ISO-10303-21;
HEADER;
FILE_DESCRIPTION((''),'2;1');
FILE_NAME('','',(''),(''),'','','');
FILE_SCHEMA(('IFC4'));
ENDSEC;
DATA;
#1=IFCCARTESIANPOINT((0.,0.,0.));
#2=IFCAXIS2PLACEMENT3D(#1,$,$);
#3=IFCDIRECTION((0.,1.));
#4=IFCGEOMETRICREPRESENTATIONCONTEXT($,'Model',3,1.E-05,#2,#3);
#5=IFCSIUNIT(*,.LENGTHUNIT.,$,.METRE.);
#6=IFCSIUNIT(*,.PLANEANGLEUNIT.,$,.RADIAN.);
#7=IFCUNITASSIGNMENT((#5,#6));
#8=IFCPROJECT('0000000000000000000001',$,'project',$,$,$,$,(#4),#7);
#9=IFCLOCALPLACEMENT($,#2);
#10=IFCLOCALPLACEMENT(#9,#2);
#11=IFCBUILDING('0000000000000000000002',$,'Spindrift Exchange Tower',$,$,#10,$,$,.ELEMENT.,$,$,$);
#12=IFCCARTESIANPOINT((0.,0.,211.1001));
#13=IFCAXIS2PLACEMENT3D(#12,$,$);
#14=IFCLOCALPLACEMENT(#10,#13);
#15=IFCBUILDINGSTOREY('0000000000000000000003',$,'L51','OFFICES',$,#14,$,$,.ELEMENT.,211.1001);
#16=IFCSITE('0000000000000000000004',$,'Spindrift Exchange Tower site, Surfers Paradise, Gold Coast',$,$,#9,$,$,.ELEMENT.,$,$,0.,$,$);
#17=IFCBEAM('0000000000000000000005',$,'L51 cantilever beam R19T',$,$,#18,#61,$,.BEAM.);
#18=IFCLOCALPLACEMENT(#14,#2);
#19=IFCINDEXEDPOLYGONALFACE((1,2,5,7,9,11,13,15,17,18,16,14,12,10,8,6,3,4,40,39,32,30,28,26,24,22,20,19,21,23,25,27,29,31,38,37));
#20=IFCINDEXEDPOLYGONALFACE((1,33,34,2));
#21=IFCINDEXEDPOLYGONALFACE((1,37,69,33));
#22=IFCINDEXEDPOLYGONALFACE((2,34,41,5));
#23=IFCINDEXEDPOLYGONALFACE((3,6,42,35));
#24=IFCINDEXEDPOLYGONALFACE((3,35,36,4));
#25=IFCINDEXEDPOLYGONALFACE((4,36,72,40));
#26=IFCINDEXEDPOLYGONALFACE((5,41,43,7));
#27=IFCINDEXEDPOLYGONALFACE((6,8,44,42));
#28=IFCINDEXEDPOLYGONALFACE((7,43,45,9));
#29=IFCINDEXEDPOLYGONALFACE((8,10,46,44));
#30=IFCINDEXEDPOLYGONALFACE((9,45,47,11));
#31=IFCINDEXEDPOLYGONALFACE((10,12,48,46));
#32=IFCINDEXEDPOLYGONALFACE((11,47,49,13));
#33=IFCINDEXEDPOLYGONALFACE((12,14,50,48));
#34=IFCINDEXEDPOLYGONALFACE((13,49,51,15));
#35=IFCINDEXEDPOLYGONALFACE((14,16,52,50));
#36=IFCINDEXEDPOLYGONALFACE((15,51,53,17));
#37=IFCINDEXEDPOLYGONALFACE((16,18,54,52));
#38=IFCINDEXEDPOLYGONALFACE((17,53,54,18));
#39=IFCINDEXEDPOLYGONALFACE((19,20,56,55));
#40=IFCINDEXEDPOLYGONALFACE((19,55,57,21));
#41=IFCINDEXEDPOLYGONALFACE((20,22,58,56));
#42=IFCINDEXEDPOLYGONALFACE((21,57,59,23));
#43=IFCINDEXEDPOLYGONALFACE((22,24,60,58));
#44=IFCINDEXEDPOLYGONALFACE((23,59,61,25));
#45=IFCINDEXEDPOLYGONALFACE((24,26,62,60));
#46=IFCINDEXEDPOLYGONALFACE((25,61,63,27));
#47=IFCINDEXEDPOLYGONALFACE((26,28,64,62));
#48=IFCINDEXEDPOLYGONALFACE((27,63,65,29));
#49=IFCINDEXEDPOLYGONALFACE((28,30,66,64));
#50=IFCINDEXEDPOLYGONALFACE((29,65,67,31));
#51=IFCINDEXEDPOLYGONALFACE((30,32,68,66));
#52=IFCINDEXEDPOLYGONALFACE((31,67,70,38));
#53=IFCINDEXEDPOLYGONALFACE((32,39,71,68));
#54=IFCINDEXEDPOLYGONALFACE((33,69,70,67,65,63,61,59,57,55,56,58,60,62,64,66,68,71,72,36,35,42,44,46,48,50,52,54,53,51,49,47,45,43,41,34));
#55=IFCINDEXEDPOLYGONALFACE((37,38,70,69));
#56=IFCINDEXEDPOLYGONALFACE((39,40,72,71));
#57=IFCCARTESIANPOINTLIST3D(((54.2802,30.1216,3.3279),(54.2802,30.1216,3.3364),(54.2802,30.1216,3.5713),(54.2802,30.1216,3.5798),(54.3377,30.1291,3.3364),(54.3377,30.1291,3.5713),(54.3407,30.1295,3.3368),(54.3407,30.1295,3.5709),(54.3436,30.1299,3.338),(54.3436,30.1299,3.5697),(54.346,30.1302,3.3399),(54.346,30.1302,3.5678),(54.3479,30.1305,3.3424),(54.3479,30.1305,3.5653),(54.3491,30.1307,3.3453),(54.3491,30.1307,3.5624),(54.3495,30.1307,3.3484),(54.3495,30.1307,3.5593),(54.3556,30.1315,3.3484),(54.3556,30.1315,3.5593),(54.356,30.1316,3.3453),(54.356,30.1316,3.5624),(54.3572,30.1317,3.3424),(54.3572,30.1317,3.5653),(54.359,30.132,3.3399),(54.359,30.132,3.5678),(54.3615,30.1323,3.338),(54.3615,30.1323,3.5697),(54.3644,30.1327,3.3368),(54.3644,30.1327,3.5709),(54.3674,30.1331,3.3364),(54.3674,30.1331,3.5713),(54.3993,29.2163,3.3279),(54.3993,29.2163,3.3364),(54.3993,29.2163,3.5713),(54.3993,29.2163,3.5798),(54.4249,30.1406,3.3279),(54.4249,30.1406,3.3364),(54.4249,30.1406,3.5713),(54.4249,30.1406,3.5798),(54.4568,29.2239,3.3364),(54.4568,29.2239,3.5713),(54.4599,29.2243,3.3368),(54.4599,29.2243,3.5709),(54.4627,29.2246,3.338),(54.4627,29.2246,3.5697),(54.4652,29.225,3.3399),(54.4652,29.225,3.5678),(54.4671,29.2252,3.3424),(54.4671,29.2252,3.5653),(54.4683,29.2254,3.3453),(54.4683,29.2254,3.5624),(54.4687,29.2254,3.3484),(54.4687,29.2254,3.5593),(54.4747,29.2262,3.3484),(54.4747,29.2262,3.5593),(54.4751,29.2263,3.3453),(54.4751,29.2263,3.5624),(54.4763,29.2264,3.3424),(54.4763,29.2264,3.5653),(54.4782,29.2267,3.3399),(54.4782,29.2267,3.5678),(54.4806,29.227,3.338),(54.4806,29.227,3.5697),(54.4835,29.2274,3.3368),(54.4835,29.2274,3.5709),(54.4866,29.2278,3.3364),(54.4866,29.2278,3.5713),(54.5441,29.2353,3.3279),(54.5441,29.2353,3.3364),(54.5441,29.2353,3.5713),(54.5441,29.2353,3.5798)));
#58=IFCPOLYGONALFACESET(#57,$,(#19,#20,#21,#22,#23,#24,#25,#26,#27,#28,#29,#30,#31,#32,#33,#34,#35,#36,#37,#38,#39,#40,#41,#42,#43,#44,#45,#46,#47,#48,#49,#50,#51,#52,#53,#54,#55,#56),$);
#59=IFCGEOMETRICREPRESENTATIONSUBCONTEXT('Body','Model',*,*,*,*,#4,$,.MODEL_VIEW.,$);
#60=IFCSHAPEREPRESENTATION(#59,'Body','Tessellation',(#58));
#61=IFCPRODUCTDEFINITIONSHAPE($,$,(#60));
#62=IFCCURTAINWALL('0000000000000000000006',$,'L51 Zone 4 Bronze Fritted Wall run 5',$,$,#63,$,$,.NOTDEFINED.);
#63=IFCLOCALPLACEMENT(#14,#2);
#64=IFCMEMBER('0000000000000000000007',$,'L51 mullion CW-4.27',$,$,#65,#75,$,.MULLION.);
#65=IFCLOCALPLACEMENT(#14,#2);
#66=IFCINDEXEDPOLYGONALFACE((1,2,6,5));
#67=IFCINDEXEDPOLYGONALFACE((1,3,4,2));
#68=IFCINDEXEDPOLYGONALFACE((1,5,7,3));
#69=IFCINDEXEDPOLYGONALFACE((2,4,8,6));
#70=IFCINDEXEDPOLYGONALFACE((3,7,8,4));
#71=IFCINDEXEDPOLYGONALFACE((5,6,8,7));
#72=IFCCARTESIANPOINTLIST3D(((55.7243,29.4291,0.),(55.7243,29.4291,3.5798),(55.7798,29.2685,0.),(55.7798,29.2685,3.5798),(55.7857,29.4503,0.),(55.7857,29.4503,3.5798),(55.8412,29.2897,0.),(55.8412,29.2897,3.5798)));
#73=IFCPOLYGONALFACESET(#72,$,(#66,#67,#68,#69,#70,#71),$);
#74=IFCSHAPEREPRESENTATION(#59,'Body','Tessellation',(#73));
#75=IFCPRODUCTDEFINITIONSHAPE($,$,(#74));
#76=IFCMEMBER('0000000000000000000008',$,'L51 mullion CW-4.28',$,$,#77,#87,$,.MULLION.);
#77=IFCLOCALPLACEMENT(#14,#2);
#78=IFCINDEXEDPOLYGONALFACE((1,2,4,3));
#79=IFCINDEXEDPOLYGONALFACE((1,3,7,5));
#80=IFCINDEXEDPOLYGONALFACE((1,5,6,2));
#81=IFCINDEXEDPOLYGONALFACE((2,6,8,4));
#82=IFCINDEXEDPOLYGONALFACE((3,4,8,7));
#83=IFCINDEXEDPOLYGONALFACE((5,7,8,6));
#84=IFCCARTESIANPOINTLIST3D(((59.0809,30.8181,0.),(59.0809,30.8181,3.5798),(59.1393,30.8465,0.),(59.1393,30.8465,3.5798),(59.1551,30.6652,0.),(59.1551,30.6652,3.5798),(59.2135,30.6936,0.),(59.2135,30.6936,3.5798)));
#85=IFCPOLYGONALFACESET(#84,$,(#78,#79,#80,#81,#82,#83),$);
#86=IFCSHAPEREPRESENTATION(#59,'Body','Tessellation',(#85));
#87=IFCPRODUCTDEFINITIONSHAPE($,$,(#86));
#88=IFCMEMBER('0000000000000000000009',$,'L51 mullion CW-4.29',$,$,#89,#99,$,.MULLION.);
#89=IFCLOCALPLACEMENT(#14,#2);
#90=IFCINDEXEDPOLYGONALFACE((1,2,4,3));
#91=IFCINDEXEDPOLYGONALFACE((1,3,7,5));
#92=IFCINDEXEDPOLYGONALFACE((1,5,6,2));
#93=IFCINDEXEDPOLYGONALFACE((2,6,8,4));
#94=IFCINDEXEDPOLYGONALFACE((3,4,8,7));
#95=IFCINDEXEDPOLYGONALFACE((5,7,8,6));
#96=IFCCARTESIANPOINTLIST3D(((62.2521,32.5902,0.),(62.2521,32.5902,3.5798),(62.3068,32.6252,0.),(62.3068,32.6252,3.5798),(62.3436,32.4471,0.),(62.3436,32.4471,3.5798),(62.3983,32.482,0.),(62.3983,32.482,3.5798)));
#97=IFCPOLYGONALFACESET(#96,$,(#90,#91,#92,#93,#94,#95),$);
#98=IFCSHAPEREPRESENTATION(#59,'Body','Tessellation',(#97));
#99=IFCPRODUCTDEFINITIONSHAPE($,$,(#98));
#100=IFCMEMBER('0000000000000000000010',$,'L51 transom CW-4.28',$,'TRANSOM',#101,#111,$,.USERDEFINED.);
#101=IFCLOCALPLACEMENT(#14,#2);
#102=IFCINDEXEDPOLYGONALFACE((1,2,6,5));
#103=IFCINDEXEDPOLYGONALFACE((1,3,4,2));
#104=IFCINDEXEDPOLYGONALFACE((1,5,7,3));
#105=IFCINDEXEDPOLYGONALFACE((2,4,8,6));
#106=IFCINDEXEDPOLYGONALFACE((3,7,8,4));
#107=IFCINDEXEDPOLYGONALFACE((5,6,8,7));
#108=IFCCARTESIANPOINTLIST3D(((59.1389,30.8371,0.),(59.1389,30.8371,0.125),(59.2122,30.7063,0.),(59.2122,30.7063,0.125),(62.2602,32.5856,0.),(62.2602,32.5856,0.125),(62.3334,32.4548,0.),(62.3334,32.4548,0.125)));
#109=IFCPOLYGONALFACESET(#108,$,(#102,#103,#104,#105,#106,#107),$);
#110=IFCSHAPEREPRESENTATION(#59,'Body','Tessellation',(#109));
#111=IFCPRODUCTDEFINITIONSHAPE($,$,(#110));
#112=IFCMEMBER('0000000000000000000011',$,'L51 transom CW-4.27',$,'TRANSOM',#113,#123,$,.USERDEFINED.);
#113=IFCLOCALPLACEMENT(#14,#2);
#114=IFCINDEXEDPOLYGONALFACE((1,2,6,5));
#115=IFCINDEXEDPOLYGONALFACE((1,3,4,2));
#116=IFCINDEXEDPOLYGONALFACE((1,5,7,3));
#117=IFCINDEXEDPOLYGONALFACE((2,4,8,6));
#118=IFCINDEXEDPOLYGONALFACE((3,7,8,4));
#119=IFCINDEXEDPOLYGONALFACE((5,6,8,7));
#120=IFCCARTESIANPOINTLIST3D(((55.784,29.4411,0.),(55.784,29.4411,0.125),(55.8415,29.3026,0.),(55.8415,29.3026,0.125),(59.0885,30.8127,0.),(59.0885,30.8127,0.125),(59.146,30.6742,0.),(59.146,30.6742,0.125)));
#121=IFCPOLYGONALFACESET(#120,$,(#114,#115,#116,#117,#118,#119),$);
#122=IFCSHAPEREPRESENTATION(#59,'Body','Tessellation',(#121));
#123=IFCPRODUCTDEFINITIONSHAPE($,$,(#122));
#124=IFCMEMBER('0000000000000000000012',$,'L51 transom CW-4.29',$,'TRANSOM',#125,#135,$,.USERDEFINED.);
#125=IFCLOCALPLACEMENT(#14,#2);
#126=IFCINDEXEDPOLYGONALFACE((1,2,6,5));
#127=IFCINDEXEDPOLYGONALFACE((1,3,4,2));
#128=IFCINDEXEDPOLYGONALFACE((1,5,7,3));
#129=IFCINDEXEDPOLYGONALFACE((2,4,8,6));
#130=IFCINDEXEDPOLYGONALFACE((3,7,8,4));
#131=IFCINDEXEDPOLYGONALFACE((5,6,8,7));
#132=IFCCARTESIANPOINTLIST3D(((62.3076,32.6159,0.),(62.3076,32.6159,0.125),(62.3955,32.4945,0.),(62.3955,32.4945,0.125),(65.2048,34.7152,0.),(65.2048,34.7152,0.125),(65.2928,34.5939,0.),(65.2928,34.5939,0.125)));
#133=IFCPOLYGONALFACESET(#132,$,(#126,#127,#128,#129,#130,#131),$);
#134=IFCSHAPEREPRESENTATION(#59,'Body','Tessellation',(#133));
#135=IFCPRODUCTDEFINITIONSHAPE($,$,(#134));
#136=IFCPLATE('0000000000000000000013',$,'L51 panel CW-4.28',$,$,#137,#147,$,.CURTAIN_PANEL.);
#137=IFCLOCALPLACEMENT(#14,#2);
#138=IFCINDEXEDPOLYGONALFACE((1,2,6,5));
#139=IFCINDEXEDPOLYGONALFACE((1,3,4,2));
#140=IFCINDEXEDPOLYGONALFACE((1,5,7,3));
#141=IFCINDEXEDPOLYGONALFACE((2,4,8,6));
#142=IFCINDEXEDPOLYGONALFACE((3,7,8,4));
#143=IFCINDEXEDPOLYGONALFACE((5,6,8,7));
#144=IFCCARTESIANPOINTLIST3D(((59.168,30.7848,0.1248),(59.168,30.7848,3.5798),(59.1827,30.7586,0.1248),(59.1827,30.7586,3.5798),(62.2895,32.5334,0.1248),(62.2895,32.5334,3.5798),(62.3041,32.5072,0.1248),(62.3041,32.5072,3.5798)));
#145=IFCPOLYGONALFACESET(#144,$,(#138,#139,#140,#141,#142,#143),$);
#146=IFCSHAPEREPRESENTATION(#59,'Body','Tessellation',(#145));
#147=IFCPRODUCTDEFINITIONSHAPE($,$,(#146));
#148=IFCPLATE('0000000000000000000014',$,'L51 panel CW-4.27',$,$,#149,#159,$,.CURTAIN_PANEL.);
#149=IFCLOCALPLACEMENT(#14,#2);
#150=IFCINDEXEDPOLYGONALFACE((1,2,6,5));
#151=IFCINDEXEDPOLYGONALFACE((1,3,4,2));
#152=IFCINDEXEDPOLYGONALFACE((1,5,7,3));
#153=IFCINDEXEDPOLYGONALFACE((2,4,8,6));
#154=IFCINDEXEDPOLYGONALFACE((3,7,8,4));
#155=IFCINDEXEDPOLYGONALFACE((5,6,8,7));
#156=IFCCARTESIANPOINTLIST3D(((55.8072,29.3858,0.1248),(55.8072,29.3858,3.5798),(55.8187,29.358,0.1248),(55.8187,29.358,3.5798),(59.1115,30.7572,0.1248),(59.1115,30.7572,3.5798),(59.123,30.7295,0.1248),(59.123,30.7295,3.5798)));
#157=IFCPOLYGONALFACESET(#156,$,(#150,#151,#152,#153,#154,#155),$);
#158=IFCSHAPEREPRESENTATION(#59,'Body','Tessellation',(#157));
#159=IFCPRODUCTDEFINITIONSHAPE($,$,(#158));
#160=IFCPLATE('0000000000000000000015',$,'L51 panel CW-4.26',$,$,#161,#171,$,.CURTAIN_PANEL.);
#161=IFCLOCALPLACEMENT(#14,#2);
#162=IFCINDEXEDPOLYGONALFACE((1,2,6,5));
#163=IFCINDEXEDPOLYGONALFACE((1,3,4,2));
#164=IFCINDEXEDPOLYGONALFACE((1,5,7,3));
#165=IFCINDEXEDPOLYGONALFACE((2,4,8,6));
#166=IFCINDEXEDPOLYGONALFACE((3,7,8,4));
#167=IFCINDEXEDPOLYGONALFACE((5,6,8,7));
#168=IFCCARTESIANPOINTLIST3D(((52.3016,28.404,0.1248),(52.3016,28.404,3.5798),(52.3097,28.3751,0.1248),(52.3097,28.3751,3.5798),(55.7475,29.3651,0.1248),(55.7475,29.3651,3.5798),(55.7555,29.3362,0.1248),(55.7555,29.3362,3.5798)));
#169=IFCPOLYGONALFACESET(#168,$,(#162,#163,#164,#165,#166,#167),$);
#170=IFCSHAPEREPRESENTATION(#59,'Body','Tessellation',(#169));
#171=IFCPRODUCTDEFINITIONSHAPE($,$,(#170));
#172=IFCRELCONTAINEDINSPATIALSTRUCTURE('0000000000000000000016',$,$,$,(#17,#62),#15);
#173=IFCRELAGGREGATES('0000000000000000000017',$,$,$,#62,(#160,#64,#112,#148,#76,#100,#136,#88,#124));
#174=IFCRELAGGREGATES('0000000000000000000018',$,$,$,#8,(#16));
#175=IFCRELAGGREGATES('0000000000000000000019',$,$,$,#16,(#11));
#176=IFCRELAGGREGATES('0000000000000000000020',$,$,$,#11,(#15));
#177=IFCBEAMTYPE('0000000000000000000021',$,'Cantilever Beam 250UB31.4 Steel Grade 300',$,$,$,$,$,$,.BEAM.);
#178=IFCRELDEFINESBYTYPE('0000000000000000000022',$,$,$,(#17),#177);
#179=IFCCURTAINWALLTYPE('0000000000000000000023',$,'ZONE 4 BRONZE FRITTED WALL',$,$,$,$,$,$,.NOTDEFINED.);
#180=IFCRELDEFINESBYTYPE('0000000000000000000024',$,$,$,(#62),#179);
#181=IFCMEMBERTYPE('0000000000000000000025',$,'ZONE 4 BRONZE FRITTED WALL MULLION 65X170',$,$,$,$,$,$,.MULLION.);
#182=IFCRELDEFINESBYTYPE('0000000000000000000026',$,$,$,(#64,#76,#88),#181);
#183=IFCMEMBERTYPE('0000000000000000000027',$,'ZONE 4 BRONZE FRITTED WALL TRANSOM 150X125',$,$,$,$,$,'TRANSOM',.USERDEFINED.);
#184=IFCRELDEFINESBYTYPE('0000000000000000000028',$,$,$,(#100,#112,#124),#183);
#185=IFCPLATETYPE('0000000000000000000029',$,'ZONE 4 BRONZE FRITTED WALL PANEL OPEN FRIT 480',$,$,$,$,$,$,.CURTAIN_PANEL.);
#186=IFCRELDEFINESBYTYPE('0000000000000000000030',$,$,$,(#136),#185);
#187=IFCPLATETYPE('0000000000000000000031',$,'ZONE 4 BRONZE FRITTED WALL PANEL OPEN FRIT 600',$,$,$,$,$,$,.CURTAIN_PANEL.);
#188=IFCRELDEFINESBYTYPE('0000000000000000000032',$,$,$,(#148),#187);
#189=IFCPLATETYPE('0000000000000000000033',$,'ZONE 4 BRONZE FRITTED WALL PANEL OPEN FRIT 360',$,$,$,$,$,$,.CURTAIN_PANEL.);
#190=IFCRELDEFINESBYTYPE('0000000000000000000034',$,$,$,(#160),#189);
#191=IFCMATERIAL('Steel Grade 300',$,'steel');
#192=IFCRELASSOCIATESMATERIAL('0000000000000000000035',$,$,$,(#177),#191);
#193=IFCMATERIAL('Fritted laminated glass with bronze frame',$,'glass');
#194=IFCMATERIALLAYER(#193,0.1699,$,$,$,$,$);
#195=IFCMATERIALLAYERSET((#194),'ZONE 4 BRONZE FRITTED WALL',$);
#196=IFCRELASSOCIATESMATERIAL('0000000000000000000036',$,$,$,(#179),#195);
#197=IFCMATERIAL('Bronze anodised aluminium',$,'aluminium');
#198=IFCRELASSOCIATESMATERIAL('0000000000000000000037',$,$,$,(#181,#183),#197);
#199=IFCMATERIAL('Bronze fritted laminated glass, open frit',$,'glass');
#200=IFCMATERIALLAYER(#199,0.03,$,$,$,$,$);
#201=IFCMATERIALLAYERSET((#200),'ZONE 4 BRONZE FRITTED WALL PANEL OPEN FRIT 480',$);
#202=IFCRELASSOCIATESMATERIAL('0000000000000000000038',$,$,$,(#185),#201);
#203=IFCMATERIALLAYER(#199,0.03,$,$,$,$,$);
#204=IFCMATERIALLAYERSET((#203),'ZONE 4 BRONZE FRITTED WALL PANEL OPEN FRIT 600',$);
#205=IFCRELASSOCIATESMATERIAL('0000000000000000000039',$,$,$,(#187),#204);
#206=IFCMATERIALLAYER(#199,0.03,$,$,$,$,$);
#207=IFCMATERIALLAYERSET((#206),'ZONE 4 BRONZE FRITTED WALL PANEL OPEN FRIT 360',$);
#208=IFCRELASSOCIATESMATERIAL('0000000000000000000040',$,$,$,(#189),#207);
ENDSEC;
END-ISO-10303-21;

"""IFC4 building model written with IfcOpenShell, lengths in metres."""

from ifc_helpers import new_model, si_unit, direction, frame, origin, origin_2d, place, context, subcontext, project, spatial, rectangle, i_section, extrude, source, transform, mapped, material, layer, layer_set, material_profile, profile_set, type_object, element, aggregate, save


model = new_model("IFC4")

# Units and contexts
model_context = context("Model", 3, precision=1e-05, world=origin(), true_north=direction((0.0, 1.0)))
body_context = subcontext(model_context, "Body", "Model", "MODEL_VIEW")
ifc_project = project(units=[si_unit("LENGTHUNIT", "METRE"), si_unit("PLANEANGLEUNIT", "RADIAN")], contexts=[model_context])

# Site, building, storey
site_placement = place(None, origin())
site = spatial("IfcSite", under=ifc_project, at=site_placement, Name="Spindrift Exchange Tower site, Surfers Paradise, Gold Coast", CompositionType="ELEMENT", RefElevation=0.0)
building_placement = place(site_placement, origin())
building = spatial("IfcBuilding", under=site, at=building_placement, Name="Spindrift Exchange Tower", CompositionType="ELEMENT")
storey_placement = place(building_placement, frame((0.0, 0.0, 211.1001)))
storey = spatial("IfcBuildingStorey", under=building, at=storey_placement, Name="L51", Description="OFFICES", CompositionType="ELEMENT", Elevation=211.1001)

# Beam
ifc_material_1 = material(Name="Steel Grade 300", Category="steel")
ifc_material_profile_1 = material_profile(ifc_material_1, i_section(OverallWidth=0.146, OverallDepth=0.252, WebThickness=0.0061, FlangeThickness=0.0085, FilletRadius=0.012, at=origin_2d()), Name="250UB31.4")
ifc_profile_set_1 = profile_set([ifc_material_profile_1], Name="Steel Grade 300")
beam_type_1 = type_object("IfcBeamType", Name="Cantilever Beam 250UB31.4 Steel Grade 300", PredefinedType="BEAM", material=ifc_profile_set_1)
shared_shape_1 = source(origin(), body_context, "Body", "SweptSolid", [
    extrude(i_section(OverallWidth=0.146, OverallDepth=0.252, WebThickness=0.0061, FlangeThickness=0.0085, FilletRadius=0.012, at=origin_2d()), origin(), (0.0, 0.0, 1.0), 0.9131),
])
beam_1_placement = place(storey_placement, frame((54.3525, 30.1311, 3.4539), z_axis=(0.130482, -0.991451, 0.0), x_axis=(0.991451, 0.130482, 0.0)))
element("IfcBeam", 1, at=beam_1_placement, inside=storey, type_object=beam_type_1, Name="L51 cantilever beam R19T", PredefinedType="BEAM", context=body_context, shape_type="MappedRepresentation", body=[
    mapped(shared_shape_1, transform((0.0, 0.0, 0.0), scale=1.0)),
])

# Curtain wall, members, plates
ifc_material_2 = material(Name="Fritted laminated glass with bronze frame", Category="glass")
ifc_layer_1 = layer(ifc_material_2, 0.1699)
ifc_layer_set_1 = layer_set([ifc_layer_1], Name="ZONE 4 BRONZE FRITTED WALL")
curtain_wall_type = type_object("IfcCurtainWallType", Name="ZONE 4 BRONZE FRITTED WALL", PredefinedType="NOTDEFINED", material=ifc_layer_set_1)
curtain_wall_placement = place(storey_placement, origin())
curtain_wall = element("IfcCurtainWall", 2, at=curtain_wall_placement, inside=storey, type_object=curtain_wall_type, Name="L51 Zone 4 Bronze Fritted Wall run 5", PredefinedType="NOTDEFINED")
ifc_material_3 = material(Name="Bronze anodised aluminium", Category="aluminium")
ifc_material_profile_2 = material_profile(ifc_material_3, rectangle(XDim=0.0649, YDim=0.1699, at=origin_2d()), Name="ZONE 4 BRONZE FRITTED WALL MULLION 65X170")
ifc_profile_set_2 = profile_set([ifc_material_profile_2], Name="Bronze anodised aluminium")
member_type_1 = type_object("IfcMemberType", Name="ZONE 4 BRONZE FRITTED WALL MULLION 65X170", PredefinedType="MULLION", material=ifc_profile_set_2)
shared_shape_2 = source(origin(), body_context, "Body", "SweptSolid", [
    extrude(rectangle(XDim=0.0649, YDim=0.1699, at=origin_2d()), origin(), (0.0, 0.0, 1.0), 3.5798),
])
member_1_placement = place(storey_placement, frame((55.7827, 29.3594, 0.0), z_axis=(0.0, 0.0, 1.0), x_axis=(0.945161, 0.326604, 0.0)))
member_1 = element("IfcMember", 3, at=member_1_placement, type_object=member_type_1, Name="L51 mullion CW-4.27", PredefinedType="MULLION", context=body_context, shape_type="MappedRepresentation", body=[
    mapped(shared_shape_2, transform((0.0, 0.0, 0.0), scale=1.0)),
])
member_2_placement = place(storey_placement, frame((59.1472, 30.7559, 0.0), z_axis=(0.0, 0.0, 1.0), x_axis=(0.899562, 0.436793, 0.0)))
member_2 = element("IfcMember", 4, at=member_2_placement, type_object=member_type_1, Name="L51 mullion CW-4.28", PredefinedType="MULLION", context=body_context, shape_type="MappedRepresentation", body=[
    mapped(shared_shape_2, transform((0.0, 0.0, 0.0), scale=1.0)),
])
member_3_placement = place(storey_placement, frame((62.3252, 32.5361, 0.0), z_axis=(0.0, 0.0, 1.0), x_axis=(0.842518, 0.538668, 0.0)))
member_3 = element("IfcMember", 5, at=member_3_placement, type_object=member_type_1, Name="L51 mullion CW-4.29", PredefinedType="MULLION", context=body_context, shape_type="MappedRepresentation", body=[
    mapped(shared_shape_2, transform((0.0, 0.0, 0.0), scale=1.0)),
])
ifc_material_profile_3 = material_profile(ifc_material_3, rectangle(XDim=0.1499, YDim=0.125, at=origin_2d()), Name="ZONE 4 BRONZE FRITTED WALL TRANSOM 150X125")
ifc_profile_set_3 = profile_set([ifc_material_profile_3], Name="Bronze anodised aluminium")
member_type_2 = type_object("IfcMemberType", Name="ZONE 4 BRONZE FRITTED WALL TRANSOM 150X125", ElementType="TRANSOM", PredefinedType="USERDEFINED", material=ifc_profile_set_3)
shared_shape_3 = source(origin(), body_context, "Body", "SweptSolid", [
    extrude(rectangle(XDim=0.1499, YDim=0.125, at=origin_2d()), origin(), (0.0, 0.0, 1.0), 3.5776),
])
member_4_placement = place(storey_placement, frame((59.1755, 30.7717, 0.0625), z_axis=(0.872436, 0.488728, 0.0), x_axis=(-0.488728, 0.872436, 0.0)))
member_4 = element("IfcMember", 6, at=member_4_placement, type_object=member_type_2, Name="L51 transom CW-4.28", ObjectType="TRANSOM", PredefinedType="USERDEFINED", context=body_context, shape_type="MappedRepresentation", body=[
    mapped(shared_shape_3, transform((0.0, 0.0, 0.0), scale=1.0)),
])
shared_shape_4 = source(origin(), body_context, "Body", "SweptSolid", [
    extrude(rectangle(XDim=0.1499, YDim=0.125, at=origin_2d()), origin(), (0.0, 0.0, 1.0), 3.5779),
])
member_5_placement = place(storey_placement, frame((55.8127, 29.3718, 0.0625), z_axis=(0.923599, 0.38336, 0.0), x_axis=(-0.38336, 0.923599, 0.0)))
member_5 = element("IfcMember", 7, at=member_5_placement, type_object=member_type_2, Name="L51 transom CW-4.27", ObjectType="TRANSOM", PredefinedType="USERDEFINED", context=body_context, shape_type="MappedRepresentation", body=[
    mapped(shared_shape_4, transform((0.0, 0.0, 0.0), scale=1.0)),
])
member_6_placement = place(storey_placement, frame((62.3516, 32.5552, 0.0625), z_axis=(0.809759, 0.586763, 0.0), x_axis=(-0.586763, 0.809759, 0.0)))
member_6 = element("IfcMember", 8, at=member_6_placement, type_object=member_type_2, Name="L51 transom CW-4.29", ObjectType="TRANSOM", PredefinedType="USERDEFINED", context=body_context, shape_type="MappedRepresentation", body=[
    mapped(shared_shape_4, transform((0.0, 0.0, 0.0), scale=1.0)),
])
ifc_material_4 = material(Name="Bronze fritted laminated glass, open frit", Category="glass")
ifc_layer_2 = layer(ifc_material_4, 0.03)
ifc_layer_set_2 = layer_set([ifc_layer_2], Name="ZONE 4 BRONZE FRITTED WALL PANEL OPEN FRIT 480")
plate_type_1 = type_object("IfcPlateType", Name="ZONE 4 BRONZE FRITTED WALL PANEL OPEN FRIT 480", PredefinedType="CURTAIN_PANEL", material=ifc_layer_set_2)
shared_shape_5 = source(origin(), body_context, "Body", "SweptSolid", [
    extrude(rectangle(XDim=3.5779, YDim=0.03, at=origin_2d()), origin(), (0.0, 0.0, 1.0), 3.4551),
])
plate_1_placement = place(storey_placement, frame((60.7361, 31.646, 0.1248), z_axis=(0.0, 0.0, 1.0), x_axis=(0.872429, 0.488742, 0.0)))
plate_1 = element("IfcPlate", 9, at=plate_1_placement, type_object=plate_type_1, Name="L51 panel CW-4.28", PredefinedType="CURTAIN_PANEL", context=body_context, shape_type="MappedRepresentation", body=[
    mapped(shared_shape_5, transform((0.0, 0.0, 0.0), scale=1.0)),
])
ifc_layer_3 = layer(ifc_material_4, 0.03)
ifc_layer_set_3 = layer_set([ifc_layer_3], Name="ZONE 4 BRONZE FRITTED WALL PANEL OPEN FRIT 600")
plate_type_2 = type_object("IfcPlateType", Name="ZONE 4 BRONZE FRITTED WALL PANEL OPEN FRIT 600", PredefinedType="CURTAIN_PANEL", material=ifc_layer_set_3)
shared_shape_6 = source(origin(), body_context, "Body", "SweptSolid", [
    extrude(rectangle(XDim=3.5776, YDim=0.03, at=origin_2d()), origin(), (0.0, 0.0, 1.0), 3.4551),
])
plate_2_placement = place(storey_placement, frame((57.4651, 30.0576, 0.1248), z_axis=(0.0, 0.0, 1.0), x_axis=(0.923605, 0.383344, 0.0)))
plate_2 = element("IfcPlate", 10, at=plate_2_placement, type_object=plate_type_2, Name="L51 panel CW-4.27", PredefinedType="CURTAIN_PANEL", context=body_context, shape_type="MappedRepresentation", body=[
    mapped(shared_shape_6, transform((0.0, 0.0, 0.0), scale=1.0)),
])
ifc_layer_4 = layer(ifc_material_4, 0.03)
ifc_layer_set_4 = layer_set([ifc_layer_4], Name="ZONE 4 BRONZE FRITTED WALL PANEL OPEN FRIT 360")
plate_type_3 = type_object("IfcPlateType", Name="ZONE 4 BRONZE FRITTED WALL PANEL OPEN FRIT 360", PredefinedType="CURTAIN_PANEL", material=ifc_layer_set_4)
shared_shape_7 = source(origin(), body_context, "Body", "SweptSolid", [
    extrude(rectangle(XDim=3.5774, YDim=0.03, at=origin_2d()), origin(), (0.0, 0.0, 1.0), 3.4551),
])
plate_3_placement = place(storey_placement, frame((54.0286, 28.8701, 0.1248), z_axis=(0.0, 0.0, 1.0), x_axis=(0.963235, 0.268661, 0.0)))
plate_3 = element("IfcPlate", 11, at=plate_3_placement, type_object=plate_type_3, Name="L51 panel CW-4.26", PredefinedType="CURTAIN_PANEL", context=body_context, shape_type="MappedRepresentation", body=[
    mapped(shared_shape_7, transform((0.0, 0.0, 0.0), scale=1.0)),
])
aggregate(curtain_wall, [plate_3, member_1, member_5, plate_2, member_2, member_4, plate_1, member_3, member_6])

save(model, "model.ifc")
